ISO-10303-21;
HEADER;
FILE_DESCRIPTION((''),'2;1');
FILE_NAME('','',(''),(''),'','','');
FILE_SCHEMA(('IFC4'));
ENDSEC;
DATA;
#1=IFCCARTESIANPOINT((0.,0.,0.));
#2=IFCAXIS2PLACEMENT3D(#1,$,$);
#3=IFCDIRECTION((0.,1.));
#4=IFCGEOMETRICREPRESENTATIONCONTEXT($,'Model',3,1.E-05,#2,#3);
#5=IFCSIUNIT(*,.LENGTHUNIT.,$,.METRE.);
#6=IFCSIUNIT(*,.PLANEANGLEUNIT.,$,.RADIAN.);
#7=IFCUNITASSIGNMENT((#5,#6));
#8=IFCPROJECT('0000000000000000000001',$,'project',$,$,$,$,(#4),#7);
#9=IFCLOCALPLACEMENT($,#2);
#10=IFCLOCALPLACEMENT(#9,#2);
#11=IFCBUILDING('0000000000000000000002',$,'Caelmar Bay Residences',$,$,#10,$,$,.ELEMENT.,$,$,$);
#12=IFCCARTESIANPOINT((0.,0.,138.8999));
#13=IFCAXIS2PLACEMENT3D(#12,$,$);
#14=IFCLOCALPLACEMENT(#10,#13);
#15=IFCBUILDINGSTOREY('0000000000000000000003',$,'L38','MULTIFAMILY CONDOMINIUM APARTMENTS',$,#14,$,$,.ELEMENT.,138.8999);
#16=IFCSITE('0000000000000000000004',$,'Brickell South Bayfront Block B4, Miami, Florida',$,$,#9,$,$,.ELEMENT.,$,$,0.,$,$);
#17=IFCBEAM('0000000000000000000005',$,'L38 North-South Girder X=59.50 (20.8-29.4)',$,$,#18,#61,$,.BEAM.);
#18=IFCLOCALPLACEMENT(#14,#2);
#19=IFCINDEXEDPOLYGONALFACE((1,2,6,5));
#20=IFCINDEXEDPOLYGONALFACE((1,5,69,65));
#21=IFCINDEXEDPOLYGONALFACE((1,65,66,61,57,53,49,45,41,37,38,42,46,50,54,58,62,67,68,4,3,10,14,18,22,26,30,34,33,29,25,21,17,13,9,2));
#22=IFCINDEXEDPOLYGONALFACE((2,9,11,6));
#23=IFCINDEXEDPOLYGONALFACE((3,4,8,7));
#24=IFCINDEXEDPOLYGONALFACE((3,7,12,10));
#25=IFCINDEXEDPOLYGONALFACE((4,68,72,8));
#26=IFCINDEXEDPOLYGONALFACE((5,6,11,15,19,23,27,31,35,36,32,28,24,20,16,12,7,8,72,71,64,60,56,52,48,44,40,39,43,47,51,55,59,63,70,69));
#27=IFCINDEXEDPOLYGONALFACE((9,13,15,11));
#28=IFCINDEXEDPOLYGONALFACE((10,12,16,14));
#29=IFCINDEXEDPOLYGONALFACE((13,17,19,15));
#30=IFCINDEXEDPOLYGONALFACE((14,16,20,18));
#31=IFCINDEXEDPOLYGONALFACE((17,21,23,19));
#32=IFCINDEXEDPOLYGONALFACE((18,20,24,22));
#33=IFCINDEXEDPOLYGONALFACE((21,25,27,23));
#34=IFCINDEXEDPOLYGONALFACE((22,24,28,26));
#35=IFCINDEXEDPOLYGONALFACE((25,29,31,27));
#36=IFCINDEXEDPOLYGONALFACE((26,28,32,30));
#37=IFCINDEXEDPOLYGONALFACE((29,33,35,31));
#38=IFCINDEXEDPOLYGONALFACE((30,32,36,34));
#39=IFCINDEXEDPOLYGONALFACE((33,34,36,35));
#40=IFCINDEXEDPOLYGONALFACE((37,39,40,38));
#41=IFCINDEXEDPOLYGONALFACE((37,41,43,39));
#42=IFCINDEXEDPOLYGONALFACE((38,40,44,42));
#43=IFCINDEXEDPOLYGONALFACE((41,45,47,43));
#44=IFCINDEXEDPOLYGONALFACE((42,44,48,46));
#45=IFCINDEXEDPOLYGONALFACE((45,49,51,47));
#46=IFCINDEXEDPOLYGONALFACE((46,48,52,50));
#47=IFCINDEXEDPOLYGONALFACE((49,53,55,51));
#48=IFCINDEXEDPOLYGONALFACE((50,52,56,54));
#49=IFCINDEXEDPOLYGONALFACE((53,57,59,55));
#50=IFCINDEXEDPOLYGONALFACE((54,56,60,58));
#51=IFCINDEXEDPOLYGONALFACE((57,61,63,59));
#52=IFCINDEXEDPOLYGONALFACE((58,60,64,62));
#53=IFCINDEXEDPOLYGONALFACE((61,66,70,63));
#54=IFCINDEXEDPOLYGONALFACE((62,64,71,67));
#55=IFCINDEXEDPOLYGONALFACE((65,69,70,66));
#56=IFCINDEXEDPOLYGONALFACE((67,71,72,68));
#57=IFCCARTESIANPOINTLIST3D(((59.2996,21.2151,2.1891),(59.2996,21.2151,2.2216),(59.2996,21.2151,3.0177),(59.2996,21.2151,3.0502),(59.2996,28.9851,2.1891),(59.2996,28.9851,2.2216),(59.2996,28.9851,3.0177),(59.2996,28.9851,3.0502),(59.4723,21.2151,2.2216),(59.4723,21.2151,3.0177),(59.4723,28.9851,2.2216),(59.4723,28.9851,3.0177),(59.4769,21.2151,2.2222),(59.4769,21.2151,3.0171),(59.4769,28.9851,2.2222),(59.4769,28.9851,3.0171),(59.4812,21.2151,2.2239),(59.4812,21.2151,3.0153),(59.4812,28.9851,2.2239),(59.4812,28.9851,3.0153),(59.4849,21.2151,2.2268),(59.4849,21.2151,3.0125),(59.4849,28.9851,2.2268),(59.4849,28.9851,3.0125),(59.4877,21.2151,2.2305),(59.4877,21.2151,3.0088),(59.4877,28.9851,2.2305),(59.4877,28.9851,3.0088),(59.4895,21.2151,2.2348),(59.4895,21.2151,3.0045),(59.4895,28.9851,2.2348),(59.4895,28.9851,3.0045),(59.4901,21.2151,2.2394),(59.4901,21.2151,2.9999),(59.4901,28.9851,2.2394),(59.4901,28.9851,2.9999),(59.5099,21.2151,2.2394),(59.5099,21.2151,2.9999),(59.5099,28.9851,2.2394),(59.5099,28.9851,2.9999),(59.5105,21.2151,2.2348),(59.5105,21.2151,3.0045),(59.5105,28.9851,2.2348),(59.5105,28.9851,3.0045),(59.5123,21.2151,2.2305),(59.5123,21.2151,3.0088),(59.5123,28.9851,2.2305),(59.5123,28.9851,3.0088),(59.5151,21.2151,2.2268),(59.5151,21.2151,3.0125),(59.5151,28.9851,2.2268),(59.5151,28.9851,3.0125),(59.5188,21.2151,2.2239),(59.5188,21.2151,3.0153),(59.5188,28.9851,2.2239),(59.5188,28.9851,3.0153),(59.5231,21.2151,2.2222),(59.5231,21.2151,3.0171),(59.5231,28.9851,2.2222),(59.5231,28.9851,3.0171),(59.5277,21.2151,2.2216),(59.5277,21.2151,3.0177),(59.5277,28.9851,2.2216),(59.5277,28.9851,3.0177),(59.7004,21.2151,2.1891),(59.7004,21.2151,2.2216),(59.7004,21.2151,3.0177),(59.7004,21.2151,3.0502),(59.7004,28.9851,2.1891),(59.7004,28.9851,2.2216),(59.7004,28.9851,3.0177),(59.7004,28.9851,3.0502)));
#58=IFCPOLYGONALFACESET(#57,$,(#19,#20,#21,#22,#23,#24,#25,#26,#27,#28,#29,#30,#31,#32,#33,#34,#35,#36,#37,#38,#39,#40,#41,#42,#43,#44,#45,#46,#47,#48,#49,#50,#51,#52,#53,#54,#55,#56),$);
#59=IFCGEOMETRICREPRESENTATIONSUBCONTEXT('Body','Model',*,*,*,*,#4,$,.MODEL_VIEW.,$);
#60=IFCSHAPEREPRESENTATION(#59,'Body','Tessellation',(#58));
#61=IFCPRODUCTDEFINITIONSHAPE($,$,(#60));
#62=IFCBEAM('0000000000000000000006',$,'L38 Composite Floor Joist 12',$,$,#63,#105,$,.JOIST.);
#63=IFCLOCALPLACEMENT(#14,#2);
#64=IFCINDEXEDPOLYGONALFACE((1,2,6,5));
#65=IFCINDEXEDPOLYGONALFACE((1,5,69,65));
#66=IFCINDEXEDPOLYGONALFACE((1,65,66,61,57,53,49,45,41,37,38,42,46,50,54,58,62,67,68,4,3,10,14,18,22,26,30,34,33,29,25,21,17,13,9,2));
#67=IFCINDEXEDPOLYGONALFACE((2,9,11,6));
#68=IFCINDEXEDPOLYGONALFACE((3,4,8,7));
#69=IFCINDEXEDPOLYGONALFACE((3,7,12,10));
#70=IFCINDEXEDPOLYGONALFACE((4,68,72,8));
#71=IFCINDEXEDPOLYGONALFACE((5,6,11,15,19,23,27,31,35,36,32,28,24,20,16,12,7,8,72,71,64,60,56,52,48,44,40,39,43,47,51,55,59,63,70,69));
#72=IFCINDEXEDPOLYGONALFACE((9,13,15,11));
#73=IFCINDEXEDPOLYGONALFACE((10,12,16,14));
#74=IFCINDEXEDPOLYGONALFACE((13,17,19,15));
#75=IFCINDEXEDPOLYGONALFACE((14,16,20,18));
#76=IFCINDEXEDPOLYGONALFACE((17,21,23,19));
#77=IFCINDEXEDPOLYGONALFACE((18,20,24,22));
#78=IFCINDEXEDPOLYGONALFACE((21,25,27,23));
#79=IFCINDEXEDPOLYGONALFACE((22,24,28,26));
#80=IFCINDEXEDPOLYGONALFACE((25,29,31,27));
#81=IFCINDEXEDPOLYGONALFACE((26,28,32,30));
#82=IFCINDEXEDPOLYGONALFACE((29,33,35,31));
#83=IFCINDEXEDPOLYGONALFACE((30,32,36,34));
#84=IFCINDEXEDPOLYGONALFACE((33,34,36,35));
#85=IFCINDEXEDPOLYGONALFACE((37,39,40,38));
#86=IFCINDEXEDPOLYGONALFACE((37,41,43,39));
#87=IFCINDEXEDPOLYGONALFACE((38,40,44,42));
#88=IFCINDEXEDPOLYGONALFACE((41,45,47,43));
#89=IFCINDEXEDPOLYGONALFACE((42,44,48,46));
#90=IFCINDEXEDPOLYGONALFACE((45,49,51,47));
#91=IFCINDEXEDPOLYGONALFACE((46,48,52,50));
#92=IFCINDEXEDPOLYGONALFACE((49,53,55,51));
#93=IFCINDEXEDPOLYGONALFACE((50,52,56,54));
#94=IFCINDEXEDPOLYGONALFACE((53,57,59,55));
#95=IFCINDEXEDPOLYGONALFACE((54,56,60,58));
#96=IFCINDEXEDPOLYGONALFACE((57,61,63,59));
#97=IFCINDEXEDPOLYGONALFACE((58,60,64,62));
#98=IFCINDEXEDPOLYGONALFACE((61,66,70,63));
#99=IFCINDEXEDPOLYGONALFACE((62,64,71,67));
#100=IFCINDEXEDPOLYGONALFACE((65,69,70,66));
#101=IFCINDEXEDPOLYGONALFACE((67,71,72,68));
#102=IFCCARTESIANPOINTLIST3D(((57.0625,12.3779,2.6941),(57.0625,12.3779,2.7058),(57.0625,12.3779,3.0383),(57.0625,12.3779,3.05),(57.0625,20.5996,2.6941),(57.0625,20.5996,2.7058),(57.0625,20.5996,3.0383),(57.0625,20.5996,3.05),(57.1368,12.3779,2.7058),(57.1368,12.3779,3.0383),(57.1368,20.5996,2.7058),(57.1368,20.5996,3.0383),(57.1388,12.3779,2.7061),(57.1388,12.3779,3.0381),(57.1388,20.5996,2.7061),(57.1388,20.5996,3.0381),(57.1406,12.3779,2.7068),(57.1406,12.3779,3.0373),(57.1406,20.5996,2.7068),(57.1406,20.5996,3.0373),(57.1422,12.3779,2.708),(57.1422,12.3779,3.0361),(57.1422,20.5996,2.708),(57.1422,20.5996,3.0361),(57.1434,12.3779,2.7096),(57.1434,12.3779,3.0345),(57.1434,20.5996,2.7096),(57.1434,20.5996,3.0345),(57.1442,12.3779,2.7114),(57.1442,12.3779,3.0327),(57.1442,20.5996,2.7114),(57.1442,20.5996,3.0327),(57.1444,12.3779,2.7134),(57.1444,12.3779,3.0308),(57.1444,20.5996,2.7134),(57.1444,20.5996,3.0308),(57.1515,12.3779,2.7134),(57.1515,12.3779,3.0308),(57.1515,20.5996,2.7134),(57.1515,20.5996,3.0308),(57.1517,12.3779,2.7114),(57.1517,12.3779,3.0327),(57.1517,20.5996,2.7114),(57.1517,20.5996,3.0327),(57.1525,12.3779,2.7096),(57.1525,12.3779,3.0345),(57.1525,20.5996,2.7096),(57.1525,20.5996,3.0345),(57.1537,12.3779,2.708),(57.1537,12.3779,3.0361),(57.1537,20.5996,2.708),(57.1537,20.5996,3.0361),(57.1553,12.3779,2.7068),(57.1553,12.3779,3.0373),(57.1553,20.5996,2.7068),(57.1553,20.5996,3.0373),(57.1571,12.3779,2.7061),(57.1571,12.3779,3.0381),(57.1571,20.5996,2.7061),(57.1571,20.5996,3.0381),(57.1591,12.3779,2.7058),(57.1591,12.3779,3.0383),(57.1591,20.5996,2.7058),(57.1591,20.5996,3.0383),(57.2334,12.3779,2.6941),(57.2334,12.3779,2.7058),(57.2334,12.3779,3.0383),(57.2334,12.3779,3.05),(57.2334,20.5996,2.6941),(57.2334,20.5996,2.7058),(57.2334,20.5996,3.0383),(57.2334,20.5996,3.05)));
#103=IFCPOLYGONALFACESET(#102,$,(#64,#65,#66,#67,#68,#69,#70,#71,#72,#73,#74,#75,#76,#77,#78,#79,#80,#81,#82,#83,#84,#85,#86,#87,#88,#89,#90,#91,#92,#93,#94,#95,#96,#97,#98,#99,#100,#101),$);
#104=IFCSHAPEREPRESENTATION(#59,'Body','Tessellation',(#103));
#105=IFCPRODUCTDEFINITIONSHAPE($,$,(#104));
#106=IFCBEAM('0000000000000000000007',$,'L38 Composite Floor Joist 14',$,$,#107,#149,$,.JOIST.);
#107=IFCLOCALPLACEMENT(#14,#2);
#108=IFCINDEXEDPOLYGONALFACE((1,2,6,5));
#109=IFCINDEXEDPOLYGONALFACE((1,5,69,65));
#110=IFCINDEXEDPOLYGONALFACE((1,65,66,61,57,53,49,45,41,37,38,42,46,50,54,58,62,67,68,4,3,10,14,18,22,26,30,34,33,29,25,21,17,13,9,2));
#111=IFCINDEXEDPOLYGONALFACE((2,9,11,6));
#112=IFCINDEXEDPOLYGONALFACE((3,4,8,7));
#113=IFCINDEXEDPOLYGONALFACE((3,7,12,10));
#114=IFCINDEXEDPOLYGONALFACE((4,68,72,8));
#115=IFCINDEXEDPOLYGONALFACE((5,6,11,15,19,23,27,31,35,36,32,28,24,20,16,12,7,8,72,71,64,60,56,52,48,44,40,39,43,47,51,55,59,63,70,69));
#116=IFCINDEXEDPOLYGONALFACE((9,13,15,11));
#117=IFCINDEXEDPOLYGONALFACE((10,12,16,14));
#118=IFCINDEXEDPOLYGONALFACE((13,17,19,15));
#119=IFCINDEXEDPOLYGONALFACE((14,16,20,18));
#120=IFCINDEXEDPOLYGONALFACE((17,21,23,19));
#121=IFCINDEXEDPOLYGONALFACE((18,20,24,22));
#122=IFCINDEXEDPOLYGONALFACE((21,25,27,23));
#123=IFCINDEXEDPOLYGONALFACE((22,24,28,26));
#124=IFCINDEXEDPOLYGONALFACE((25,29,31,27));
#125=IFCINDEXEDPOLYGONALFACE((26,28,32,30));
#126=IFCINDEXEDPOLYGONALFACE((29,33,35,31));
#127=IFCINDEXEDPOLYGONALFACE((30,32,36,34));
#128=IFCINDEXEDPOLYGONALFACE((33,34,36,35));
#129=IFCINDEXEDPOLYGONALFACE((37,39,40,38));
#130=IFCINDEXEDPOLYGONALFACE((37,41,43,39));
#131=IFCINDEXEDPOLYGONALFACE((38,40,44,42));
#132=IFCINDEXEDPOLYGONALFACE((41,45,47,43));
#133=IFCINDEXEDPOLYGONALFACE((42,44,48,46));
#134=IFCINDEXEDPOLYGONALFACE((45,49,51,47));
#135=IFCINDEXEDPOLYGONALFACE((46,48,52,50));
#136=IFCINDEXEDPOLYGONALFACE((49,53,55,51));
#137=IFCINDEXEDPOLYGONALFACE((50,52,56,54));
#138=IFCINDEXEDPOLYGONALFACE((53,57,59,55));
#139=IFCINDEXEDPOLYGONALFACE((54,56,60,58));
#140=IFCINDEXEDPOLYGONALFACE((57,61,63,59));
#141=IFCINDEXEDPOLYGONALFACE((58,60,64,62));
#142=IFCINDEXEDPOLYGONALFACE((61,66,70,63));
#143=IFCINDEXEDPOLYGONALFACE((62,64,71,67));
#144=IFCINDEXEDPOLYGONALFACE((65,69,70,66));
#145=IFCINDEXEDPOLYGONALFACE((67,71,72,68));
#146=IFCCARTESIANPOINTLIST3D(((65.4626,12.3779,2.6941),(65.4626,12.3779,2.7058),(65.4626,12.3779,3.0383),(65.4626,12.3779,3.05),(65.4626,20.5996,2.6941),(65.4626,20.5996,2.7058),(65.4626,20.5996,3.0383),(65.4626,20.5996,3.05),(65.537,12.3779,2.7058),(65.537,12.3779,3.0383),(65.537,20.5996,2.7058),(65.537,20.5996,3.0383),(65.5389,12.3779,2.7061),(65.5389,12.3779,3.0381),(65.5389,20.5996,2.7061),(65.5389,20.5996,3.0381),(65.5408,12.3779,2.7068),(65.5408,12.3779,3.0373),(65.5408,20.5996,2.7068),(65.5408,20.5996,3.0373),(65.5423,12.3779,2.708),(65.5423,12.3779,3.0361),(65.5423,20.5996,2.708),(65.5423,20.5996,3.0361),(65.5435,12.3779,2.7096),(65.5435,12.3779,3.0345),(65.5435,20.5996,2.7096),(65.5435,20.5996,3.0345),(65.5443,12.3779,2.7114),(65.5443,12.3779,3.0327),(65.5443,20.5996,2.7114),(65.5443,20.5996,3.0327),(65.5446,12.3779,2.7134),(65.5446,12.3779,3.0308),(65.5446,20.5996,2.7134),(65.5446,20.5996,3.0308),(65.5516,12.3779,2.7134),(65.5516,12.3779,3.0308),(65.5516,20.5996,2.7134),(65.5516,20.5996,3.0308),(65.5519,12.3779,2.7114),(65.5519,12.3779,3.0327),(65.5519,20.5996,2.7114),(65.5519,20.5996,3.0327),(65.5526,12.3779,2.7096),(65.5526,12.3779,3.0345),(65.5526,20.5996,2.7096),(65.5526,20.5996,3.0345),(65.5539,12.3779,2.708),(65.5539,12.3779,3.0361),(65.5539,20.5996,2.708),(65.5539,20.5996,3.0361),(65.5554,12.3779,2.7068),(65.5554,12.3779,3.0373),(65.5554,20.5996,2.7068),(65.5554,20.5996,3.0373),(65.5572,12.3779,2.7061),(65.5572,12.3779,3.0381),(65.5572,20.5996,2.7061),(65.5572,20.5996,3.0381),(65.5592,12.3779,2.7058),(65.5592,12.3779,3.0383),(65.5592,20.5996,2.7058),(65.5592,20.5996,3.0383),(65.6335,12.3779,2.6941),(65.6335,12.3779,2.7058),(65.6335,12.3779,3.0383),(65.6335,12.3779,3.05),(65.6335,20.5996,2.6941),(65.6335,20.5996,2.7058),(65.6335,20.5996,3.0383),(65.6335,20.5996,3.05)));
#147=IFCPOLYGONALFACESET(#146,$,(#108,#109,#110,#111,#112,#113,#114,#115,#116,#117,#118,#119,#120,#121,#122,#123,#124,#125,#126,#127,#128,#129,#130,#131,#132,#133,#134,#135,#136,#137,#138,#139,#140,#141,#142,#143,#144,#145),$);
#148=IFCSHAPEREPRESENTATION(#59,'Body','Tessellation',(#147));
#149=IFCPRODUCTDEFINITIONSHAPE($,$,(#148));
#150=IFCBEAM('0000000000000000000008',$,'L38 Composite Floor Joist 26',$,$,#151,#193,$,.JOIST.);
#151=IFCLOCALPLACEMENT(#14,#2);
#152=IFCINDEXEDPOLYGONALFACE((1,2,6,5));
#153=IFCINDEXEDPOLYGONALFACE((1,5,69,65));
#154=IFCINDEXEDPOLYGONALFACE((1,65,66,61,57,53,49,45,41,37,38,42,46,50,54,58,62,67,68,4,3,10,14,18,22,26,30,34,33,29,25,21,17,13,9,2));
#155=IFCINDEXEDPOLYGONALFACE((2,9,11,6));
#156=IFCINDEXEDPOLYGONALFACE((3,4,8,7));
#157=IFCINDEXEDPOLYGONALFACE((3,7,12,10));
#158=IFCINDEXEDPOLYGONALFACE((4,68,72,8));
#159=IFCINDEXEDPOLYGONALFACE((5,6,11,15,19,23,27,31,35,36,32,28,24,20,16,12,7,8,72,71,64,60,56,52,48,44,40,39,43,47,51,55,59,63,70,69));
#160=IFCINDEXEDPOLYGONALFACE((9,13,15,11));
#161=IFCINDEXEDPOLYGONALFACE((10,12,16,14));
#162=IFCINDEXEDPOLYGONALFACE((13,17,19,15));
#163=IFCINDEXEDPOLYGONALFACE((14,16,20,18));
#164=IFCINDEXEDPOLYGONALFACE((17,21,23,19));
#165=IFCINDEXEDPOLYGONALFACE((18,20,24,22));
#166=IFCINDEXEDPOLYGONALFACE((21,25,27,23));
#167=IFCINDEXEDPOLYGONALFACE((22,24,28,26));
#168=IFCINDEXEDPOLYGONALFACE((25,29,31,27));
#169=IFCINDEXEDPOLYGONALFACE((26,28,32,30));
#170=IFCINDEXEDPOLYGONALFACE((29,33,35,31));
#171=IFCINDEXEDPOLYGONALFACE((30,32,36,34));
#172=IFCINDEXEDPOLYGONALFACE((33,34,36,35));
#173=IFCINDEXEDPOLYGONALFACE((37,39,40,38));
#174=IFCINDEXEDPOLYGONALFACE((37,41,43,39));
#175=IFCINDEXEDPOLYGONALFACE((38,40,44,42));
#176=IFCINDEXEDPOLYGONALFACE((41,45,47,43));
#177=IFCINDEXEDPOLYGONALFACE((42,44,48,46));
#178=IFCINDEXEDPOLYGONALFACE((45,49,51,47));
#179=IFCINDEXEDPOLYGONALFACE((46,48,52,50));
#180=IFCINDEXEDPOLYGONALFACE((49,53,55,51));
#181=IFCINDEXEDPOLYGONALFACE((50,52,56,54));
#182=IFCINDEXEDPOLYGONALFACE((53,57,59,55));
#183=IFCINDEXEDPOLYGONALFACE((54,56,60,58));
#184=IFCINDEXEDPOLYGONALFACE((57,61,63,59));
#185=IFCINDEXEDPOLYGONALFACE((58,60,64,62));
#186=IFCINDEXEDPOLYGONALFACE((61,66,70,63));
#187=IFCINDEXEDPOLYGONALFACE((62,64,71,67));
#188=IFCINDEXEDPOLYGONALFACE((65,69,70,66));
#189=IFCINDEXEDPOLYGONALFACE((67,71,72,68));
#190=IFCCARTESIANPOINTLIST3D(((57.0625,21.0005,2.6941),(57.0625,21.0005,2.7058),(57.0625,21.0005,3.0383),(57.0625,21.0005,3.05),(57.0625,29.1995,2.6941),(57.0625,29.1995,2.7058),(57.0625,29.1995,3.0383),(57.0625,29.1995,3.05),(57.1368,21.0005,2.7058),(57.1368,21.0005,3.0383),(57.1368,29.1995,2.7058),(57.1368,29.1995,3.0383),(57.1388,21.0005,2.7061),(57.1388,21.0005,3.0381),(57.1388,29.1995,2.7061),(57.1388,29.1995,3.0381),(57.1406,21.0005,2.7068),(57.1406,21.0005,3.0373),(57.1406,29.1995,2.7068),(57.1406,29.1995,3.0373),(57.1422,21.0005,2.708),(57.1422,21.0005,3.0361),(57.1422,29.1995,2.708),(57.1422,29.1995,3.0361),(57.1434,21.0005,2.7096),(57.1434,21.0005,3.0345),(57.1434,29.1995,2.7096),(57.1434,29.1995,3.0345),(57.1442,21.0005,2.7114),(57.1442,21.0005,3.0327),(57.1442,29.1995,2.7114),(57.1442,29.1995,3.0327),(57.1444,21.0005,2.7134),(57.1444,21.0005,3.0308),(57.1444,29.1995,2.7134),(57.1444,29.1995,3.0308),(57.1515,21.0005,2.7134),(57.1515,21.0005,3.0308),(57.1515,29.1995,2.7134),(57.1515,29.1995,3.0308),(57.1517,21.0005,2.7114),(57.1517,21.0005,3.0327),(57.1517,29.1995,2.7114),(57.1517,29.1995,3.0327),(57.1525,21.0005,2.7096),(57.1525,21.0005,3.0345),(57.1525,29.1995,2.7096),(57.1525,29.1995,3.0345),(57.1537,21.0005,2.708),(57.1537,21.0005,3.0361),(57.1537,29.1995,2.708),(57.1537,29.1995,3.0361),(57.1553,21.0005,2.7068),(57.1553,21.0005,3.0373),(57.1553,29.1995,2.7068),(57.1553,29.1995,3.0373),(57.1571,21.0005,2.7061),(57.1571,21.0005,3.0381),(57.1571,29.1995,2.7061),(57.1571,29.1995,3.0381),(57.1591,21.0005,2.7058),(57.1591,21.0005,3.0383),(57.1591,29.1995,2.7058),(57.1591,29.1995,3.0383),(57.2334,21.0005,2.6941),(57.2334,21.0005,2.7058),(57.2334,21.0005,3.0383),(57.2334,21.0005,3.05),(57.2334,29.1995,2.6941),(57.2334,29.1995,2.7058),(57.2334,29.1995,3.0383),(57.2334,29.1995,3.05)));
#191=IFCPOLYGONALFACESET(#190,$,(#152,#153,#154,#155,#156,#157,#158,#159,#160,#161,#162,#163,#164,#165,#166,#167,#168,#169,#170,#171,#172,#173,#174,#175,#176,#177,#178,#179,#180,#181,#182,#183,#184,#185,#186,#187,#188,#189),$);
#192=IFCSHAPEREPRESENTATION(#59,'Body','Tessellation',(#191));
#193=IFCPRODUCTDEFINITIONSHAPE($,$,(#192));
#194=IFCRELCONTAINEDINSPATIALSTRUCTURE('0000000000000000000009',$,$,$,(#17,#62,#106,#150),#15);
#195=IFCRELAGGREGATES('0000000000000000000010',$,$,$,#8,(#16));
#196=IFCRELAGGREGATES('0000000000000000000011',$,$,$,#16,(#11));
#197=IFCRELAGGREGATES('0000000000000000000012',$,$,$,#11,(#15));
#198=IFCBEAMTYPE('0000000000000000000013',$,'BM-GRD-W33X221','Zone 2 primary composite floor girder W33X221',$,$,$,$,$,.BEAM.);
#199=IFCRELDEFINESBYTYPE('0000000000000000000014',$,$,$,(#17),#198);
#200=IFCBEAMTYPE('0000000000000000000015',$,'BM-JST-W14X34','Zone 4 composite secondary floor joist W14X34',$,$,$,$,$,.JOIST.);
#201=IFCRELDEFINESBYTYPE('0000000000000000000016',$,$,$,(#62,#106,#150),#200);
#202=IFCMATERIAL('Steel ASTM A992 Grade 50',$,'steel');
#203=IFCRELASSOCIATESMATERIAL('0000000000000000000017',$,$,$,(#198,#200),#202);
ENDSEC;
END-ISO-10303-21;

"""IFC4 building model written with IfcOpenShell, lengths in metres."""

from ifc_helpers import new_model, si_unit, direction, frame, origin, origin_2d, place, context, subcontext, project, spatial, i_section, extrude, material, material_profile, profile_set, type_object, element, save


model = new_model("IFC4")

# Units and contexts
model_context = context("Model", 3, precision=1e-05, world=origin(), true_north=direction((0.0, 1.0)))
body_context = subcontext(model_context, "Body", "Model", "MODEL_VIEW")
ifc_project = project(units=[si_unit("LENGTHUNIT", "METRE"), si_unit("PLANEANGLEUNIT", "RADIAN")], contexts=[model_context])

# Site, building, storey
site_placement = place(None, origin())
site = spatial("IfcSite", under=ifc_project, at=site_placement, Name="Brickell South Bayfront Block B4, Miami, Florida", CompositionType="ELEMENT", RefElevation=0.0)
building_placement = place(site_placement, origin())
building = spatial("IfcBuilding", under=site, at=building_placement, Name="Caelmar Bay Residences", CompositionType="ELEMENT")
storey_placement = place(building_placement, frame((0.0, 0.0, 138.8999)))
storey = spatial("IfcBuildingStorey", under=building, at=storey_placement, Name="L38", Description="MULTIFAMILY CONDOMINIUM APARTMENTS", CompositionType="ELEMENT", Elevation=138.8999)

# Beams
ifc_material_1 = material(Name="Steel ASTM A992 Grade 50", Category="steel")
ifc_material_profile_1 = material_profile(ifc_material_1, i_section(OverallWidth=0.4009, OverallDepth=0.8611, WebThickness=0.0198, FlangeThickness=0.0325, FilletRadius=0.0178, at=origin_2d()), Name="W33X221")
ifc_profile_set_1 = profile_set([ifc_material_profile_1], Name="Steel ASTM A992 Grade 50")
beam_type_1 = type_object("IfcBeamType", Name="BM-GRD-W33X221", Description="Zone 2 primary composite floor girder W33X221", PredefinedType="BEAM", material=ifc_profile_set_1)
for number, where, z_axis, x_axis, name in (
    (1, (59.5, 21.2151, 2.6196), (0.0, 1.0, 0.0), (-1.0, 0.0, 0.0), "L38 North-South Girder X=59.50 (20.8-29.4)"),
):
    element("IfcBeam", number, at=place(storey_placement, frame(where, z_axis=z_axis, x_axis=x_axis)), inside=storey, type_object=beam_type_1, Name=name, PredefinedType="BEAM", context=body_context, shape_type="SweptSolid", body=[
        extrude(i_section(OverallWidth=0.4009, OverallDepth=0.8611, WebThickness=0.0198, FlangeThickness=0.0325, FilletRadius=0.0178, at=origin_2d()), origin(), (0.0, 0.0, 1.0), 7.77),
    ])
ifc_material_profile_2 = material_profile(ifc_material_1, i_section(OverallWidth=0.1709, OverallDepth=0.356, WebThickness=0.0071, FlangeThickness=0.0117, FilletRadius=0.0076, at=origin_2d()), Name="W14X34")
ifc_profile_set_2 = profile_set([ifc_material_profile_2], Name="Steel ASTM A992 Grade 50")
beam_type_2 = type_object("IfcBeamType", Name="BM-JST-W14X34", Description="Zone 4 composite secondary floor joist W14X34", PredefinedType="JOIST", material=ifc_profile_set_2)
for number, where, z_axis, x_axis, name in (
    (2, (57.1479, 12.3779, 2.8721), (0.0, 1.0, 0.0), (-1.0, 0.0, 0.0), "L38 Composite Floor Joist 12"),
    (3, (65.5481, 12.3779, 2.8721), (0.0, 1.0, 0.0), (-1.0, 0.0, 0.0), "L38 Composite Floor Joist 14"),
):
    element("IfcBeam", number, at=place(storey_placement, frame(where, z_axis=z_axis, x_axis=x_axis)), inside=storey, type_object=beam_type_2, Name=name, PredefinedType="JOIST", context=body_context, shape_type="SweptSolid", body=[
        extrude(i_section(OverallWidth=0.1709, OverallDepth=0.356, WebThickness=0.0071, FlangeThickness=0.0117, FilletRadius=0.0076, at=origin_2d()), origin(), (0.0, 0.0, 1.0), 8.2217),
    ])
for number, where, z_axis, x_axis, name in (
    (4, (57.1479, 21.0005, 2.8721), (0.0, 1.0, 0.0), (-1.0, 0.0, 0.0), "L38 Composite Floor Joist 26"),
):
    element("IfcBeam", number, at=place(storey_placement, frame(where, z_axis=z_axis, x_axis=x_axis)), inside=storey, type_object=beam_type_2, Name=name, PredefinedType="JOIST", context=body_context, shape_type="SweptSolid", body=[
        extrude(i_section(OverallWidth=0.1709, OverallDepth=0.356, WebThickness=0.0071, FlangeThickness=0.0117, FilletRadius=0.0076, at=origin_2d()), origin(), (0.0, 0.0, 1.0), 8.199),
    ])

save(model, "model.ifc")
